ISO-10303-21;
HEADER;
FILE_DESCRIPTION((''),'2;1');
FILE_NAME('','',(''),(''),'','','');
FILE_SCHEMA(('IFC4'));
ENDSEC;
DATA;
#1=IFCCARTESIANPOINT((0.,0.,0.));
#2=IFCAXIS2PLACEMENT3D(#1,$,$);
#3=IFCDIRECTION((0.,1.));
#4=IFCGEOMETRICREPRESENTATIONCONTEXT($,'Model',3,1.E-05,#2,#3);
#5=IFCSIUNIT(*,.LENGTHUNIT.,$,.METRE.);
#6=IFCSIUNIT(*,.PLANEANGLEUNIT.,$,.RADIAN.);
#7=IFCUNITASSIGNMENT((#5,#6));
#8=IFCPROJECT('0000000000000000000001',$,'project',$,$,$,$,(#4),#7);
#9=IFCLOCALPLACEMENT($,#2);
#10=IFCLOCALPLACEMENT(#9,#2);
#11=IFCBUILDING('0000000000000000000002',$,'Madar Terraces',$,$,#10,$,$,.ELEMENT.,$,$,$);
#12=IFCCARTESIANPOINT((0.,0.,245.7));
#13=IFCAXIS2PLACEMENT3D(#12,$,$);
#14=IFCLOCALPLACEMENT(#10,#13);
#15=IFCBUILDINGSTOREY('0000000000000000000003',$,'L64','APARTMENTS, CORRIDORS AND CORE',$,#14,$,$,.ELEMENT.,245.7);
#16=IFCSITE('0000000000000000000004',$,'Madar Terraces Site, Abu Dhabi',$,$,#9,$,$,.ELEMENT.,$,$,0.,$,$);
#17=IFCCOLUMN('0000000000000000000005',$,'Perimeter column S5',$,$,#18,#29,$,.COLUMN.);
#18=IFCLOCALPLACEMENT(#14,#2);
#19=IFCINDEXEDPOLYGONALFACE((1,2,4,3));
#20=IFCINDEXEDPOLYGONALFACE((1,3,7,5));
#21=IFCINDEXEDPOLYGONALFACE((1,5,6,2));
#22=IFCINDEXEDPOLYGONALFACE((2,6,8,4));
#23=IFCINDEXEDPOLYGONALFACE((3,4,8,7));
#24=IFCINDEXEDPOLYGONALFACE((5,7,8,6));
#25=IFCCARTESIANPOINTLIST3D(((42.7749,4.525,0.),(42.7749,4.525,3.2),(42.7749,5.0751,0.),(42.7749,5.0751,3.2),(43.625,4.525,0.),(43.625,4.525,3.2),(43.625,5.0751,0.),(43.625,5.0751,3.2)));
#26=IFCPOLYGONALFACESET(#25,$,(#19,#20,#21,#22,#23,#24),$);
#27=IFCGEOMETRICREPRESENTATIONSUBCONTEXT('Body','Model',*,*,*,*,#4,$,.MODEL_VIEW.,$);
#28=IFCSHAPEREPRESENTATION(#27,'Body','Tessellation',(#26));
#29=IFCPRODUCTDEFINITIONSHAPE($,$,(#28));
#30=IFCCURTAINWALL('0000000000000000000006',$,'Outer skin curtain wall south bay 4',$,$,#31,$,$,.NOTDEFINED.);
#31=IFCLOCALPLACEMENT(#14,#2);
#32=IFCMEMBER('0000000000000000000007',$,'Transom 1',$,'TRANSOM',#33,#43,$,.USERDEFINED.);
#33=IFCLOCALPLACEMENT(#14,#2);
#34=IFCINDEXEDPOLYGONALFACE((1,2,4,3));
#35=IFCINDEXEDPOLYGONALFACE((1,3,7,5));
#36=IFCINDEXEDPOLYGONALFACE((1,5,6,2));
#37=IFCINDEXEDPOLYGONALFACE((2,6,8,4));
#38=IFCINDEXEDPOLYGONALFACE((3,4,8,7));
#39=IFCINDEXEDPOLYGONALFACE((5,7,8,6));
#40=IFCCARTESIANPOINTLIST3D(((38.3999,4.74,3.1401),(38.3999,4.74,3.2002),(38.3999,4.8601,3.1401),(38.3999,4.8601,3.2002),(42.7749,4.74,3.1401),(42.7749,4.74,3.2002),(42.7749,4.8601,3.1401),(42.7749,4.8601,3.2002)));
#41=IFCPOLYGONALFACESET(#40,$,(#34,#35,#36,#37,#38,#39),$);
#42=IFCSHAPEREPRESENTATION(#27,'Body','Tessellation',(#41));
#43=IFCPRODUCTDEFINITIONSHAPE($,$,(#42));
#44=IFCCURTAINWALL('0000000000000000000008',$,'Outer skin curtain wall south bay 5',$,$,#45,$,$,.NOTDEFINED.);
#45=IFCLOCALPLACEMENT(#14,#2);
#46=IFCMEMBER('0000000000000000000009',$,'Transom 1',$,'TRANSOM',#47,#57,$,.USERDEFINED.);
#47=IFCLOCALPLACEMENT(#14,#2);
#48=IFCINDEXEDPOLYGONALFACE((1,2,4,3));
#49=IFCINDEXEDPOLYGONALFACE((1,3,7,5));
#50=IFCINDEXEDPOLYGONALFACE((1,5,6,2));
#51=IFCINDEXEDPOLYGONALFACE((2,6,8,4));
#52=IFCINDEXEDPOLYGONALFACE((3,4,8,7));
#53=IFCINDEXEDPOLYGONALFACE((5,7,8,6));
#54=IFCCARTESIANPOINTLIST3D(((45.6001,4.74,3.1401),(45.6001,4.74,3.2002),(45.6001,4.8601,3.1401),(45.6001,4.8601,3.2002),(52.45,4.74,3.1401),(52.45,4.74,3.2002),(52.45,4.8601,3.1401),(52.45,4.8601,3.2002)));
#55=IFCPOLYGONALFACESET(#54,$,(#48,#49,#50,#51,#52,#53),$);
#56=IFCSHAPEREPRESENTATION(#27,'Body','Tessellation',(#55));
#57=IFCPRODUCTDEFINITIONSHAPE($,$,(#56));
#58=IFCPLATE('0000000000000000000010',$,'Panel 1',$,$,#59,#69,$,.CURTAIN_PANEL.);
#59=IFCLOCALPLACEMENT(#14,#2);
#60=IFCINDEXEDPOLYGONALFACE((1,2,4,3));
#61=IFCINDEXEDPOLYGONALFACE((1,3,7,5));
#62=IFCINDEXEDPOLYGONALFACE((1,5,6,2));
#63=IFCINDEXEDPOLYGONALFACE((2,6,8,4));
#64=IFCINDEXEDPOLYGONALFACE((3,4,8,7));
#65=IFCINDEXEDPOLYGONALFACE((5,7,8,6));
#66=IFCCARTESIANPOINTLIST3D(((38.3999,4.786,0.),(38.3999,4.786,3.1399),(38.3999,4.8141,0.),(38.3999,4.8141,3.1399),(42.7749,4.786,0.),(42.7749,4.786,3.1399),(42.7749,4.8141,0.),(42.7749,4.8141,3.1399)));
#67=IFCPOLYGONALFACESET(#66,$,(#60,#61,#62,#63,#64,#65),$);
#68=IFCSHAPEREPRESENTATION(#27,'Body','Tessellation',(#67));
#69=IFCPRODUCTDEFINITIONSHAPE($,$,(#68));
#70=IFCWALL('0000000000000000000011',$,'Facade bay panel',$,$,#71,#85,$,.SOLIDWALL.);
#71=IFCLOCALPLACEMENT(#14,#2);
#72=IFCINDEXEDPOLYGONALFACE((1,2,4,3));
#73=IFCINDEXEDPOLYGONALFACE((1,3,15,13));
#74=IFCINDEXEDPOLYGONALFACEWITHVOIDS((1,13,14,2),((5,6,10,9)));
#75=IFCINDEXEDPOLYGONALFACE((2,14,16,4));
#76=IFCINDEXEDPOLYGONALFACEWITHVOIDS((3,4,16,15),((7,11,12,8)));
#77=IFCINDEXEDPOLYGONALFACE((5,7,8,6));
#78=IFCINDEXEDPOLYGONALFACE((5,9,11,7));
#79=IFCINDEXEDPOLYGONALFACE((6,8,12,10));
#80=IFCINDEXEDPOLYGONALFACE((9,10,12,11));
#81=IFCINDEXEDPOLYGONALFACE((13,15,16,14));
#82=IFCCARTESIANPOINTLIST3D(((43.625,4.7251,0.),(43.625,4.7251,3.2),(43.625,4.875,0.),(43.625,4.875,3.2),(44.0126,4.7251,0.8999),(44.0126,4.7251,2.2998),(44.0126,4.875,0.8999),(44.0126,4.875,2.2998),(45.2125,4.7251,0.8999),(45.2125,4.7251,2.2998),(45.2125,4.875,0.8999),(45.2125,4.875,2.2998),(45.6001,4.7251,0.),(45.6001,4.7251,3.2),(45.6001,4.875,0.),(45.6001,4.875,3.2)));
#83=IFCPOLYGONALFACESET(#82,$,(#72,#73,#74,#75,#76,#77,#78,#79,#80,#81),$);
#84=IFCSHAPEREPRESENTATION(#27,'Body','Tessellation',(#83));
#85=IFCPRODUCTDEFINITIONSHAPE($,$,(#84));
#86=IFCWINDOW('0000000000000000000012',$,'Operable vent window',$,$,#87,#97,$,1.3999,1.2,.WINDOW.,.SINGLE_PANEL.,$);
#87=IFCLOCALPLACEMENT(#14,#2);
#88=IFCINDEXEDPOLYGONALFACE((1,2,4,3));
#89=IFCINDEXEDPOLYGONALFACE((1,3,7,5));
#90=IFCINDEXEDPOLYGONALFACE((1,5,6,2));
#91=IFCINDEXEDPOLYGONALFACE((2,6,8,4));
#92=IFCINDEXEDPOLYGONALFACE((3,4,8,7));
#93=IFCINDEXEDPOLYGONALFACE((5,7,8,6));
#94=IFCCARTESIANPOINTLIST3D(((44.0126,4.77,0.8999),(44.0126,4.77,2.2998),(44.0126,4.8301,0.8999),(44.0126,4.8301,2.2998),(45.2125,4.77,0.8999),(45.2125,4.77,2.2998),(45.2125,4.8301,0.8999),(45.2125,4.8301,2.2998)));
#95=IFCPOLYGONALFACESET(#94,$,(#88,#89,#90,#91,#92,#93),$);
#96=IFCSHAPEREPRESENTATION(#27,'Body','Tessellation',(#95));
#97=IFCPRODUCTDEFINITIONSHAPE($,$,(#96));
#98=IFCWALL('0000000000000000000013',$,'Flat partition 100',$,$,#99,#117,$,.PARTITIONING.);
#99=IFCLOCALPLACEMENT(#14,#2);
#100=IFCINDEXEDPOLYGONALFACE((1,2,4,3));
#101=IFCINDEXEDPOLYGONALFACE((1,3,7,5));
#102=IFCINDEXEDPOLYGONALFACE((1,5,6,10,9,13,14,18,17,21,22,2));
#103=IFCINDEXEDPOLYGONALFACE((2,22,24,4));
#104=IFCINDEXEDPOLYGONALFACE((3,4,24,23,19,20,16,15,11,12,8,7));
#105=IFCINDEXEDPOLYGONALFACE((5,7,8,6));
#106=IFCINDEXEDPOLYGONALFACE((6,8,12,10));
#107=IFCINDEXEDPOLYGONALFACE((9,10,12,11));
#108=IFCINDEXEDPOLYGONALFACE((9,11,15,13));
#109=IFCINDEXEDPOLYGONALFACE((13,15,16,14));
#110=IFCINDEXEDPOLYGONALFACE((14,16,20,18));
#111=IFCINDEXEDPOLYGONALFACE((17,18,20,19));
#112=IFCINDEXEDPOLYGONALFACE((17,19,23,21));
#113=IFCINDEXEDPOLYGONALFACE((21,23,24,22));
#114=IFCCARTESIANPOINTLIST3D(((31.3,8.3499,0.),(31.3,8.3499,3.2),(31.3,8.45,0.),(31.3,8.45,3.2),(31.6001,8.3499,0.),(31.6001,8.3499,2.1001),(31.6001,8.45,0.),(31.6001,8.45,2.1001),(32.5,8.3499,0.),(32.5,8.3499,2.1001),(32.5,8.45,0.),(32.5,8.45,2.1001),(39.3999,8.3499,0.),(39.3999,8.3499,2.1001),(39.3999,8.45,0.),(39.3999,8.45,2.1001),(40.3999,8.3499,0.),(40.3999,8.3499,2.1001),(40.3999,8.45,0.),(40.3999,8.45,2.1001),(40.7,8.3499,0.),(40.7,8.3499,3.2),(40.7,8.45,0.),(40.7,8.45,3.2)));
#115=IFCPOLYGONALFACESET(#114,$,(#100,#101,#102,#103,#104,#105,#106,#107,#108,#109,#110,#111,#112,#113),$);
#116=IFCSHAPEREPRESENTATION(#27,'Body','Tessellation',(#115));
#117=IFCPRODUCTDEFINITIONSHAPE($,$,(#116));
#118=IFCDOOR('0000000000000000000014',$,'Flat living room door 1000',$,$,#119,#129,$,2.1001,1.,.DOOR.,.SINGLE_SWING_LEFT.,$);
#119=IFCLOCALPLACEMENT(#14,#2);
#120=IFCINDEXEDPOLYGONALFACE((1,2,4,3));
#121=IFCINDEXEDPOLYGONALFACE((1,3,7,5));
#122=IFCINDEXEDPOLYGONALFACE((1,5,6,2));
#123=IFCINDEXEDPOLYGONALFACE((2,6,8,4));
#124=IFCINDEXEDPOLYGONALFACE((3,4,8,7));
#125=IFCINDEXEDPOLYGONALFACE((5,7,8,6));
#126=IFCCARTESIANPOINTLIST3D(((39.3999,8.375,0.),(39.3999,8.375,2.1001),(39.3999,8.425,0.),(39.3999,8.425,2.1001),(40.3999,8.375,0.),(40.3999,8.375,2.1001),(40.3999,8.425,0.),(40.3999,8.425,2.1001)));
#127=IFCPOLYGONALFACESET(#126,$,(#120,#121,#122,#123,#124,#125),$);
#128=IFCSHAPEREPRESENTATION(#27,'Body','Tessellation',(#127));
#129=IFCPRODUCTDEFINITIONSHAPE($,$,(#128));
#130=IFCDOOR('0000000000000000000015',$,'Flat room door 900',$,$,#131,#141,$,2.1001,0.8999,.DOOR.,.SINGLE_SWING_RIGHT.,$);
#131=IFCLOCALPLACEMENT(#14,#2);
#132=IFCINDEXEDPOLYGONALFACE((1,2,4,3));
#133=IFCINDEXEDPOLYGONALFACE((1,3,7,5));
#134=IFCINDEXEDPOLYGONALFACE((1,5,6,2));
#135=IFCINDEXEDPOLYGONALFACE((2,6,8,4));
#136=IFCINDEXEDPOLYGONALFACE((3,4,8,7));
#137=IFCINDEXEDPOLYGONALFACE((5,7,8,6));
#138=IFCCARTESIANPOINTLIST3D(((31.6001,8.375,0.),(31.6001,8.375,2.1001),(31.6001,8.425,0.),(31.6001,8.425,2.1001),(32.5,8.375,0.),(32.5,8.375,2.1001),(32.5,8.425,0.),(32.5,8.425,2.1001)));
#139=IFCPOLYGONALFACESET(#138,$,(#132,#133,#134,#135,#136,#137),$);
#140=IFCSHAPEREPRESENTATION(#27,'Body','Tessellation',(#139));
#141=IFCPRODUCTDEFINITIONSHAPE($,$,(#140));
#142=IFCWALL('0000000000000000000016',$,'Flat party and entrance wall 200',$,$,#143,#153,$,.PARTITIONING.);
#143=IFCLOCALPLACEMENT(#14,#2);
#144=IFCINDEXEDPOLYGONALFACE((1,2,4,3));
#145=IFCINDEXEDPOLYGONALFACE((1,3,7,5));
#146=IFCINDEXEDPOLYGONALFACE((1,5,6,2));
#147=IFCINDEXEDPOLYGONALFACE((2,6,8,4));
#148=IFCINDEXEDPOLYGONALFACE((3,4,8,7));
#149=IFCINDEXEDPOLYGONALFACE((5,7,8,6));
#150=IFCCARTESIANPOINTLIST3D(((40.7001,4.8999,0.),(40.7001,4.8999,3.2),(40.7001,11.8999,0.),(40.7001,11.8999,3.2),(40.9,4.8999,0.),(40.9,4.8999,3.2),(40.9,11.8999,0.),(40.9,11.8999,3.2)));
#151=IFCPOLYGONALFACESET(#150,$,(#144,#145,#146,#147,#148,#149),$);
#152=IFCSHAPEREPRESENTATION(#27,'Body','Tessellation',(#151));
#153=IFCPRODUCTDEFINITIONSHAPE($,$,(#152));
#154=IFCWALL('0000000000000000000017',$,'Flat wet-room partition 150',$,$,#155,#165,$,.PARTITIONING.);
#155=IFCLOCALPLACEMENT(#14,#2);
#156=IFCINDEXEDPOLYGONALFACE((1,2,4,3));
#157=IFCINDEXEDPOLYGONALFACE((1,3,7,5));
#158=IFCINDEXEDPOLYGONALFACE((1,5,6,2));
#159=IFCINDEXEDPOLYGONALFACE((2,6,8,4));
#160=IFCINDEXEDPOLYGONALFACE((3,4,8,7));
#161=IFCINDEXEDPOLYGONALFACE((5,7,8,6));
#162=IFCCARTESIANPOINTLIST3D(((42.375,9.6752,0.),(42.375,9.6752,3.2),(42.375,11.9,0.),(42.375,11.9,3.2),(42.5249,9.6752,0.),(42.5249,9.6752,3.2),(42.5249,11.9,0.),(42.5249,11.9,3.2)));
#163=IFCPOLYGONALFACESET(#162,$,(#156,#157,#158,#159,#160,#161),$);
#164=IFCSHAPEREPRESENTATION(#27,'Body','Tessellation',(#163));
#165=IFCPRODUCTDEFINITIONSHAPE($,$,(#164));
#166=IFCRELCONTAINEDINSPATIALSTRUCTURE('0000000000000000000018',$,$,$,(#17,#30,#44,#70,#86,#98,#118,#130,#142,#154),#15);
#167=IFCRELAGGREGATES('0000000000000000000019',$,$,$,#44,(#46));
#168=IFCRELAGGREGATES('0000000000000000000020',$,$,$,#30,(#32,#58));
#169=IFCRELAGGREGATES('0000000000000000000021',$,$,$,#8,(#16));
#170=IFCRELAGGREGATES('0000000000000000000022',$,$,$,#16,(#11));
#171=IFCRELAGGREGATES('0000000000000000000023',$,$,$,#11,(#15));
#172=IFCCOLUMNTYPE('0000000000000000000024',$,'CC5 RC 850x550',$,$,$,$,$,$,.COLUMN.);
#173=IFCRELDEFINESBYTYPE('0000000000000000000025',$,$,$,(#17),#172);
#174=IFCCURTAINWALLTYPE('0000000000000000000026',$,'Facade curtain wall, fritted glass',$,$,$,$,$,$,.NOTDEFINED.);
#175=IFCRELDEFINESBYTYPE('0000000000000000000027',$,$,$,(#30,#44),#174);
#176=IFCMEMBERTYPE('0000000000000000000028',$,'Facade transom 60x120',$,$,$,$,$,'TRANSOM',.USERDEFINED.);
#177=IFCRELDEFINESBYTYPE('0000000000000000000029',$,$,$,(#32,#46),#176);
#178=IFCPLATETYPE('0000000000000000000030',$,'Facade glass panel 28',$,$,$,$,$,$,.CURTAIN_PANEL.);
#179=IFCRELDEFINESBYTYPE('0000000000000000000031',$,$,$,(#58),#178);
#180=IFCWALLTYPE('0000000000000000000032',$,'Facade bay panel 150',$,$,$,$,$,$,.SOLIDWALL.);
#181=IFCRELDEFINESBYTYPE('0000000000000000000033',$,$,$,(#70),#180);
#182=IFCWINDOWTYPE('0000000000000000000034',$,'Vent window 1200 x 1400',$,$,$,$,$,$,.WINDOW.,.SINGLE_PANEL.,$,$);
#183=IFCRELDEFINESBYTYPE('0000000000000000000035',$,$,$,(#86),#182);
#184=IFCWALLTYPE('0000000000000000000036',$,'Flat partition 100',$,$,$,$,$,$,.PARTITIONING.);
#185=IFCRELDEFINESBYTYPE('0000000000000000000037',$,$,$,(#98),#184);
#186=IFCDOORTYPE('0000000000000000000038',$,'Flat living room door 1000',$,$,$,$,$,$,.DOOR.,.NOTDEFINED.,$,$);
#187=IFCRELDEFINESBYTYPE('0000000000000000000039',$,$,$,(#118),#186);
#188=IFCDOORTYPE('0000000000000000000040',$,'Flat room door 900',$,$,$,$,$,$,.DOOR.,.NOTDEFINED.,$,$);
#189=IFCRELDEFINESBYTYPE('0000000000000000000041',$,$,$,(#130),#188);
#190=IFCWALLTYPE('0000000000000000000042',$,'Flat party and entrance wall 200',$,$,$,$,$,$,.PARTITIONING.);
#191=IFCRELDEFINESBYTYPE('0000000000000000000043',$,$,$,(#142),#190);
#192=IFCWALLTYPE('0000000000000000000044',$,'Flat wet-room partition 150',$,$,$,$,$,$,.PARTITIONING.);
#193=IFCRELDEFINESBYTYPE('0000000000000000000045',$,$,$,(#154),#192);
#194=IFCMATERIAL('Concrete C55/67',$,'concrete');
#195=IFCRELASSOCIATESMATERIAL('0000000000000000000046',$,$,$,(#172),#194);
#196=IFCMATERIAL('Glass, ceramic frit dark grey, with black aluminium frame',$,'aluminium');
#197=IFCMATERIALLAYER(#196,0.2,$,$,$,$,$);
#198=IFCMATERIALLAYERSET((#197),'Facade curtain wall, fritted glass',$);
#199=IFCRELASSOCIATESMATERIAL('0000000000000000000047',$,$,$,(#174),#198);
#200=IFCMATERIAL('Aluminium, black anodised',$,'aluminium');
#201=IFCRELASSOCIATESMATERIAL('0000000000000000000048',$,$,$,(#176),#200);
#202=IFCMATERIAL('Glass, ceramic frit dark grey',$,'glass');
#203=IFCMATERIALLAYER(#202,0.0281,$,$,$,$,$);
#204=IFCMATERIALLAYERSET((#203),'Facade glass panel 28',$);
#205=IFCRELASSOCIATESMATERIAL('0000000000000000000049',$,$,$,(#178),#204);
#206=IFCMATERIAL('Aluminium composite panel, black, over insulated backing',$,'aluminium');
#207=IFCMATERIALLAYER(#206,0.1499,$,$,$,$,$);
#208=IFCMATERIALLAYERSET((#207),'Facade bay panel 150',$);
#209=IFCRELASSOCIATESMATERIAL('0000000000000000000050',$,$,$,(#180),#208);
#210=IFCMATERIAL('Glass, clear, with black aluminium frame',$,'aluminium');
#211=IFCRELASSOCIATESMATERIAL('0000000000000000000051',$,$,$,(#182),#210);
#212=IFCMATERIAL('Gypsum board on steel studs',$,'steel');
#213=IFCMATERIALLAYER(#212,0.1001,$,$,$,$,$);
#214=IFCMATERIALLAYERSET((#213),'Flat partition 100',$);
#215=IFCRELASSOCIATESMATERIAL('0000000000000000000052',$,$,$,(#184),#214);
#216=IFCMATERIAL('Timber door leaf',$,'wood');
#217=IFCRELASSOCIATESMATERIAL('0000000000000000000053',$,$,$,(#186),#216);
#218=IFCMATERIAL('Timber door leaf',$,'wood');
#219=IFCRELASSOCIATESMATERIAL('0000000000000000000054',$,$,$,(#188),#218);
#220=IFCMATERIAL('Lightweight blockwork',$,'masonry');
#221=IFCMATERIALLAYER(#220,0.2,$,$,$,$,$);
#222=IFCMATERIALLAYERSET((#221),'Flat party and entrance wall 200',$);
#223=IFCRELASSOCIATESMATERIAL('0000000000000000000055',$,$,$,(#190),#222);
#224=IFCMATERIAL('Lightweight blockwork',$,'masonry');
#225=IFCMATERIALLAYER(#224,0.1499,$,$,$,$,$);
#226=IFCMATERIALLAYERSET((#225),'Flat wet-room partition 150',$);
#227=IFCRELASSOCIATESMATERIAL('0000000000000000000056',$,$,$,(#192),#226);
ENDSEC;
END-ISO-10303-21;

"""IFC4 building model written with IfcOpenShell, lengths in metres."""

from ifc_helpers import new_model, si_unit, direction, frame, frame_2d, origin, origin_2d, place, context, subcontext, project, spatial, rectangle, extrude, material, layer, layer_set, material_profile, profile_set, type_object, element, fill, aggregate, save


model = new_model("IFC4")

# Units and contexts
model_context = context("Model", 3, precision=1e-05, world=origin(), true_north=direction((0.0, 1.0)))
body_context = subcontext(model_context, "Body", "Model", "MODEL_VIEW")
ifc_project = project(units=[si_unit("LENGTHUNIT", "METRE"), si_unit("PLANEANGLEUNIT", "RADIAN")], contexts=[model_context])

# Site, building, storey
site_placement = place(None, origin())
site = spatial("IfcSite", under=ifc_project, at=site_placement, Name="Madar Terraces Site, Abu Dhabi", CompositionType="ELEMENT", RefElevation=0.0)
building_placement = place(site_placement, origin())
building = spatial("IfcBuilding", under=site, at=building_placement, Name="Madar Terraces", CompositionType="ELEMENT")
storey_placement = place(building_placement, frame((0.0, 0.0, 245.7)))
storey = spatial("IfcBuildingStorey", under=building, at=storey_placement, Name="L64", Description="APARTMENTS, CORRIDORS AND CORE", CompositionType="ELEMENT", Elevation=245.7)

# Column
ifc_material_1 = material(Name="Concrete C55/67", Category="concrete")
ifc_material_profile_1 = material_profile(ifc_material_1, rectangle(XDim=0.8501, YDim=0.55, at=origin_2d()), Name="CC5 RC 850x550")
ifc_profile_set_1 = profile_set([ifc_material_profile_1], Name="Concrete C55/67")
column_type = type_object("IfcColumnType", Name="CC5 RC 850x550", PredefinedType="COLUMN", material=ifc_profile_set_1)
column_placement = place(storey_placement, frame((43.2, 4.8, 0.0), z_axis=(0.0, 0.0, 1.0), x_axis=(1.0, 0.0, 0.0)))
element("IfcColumn", 1, at=column_placement, inside=storey, type_object=column_type, Name="Perimeter column S5", PredefinedType="COLUMN", context=body_context, shape_type="SweptSolid", body=[
    extrude(rectangle(XDim=0.8501, YDim=0.55, at=origin_2d()), origin(), (0.0, 0.0, 1.0), 3.2),
])

# Curtain walls, members
ifc_material_2 = material(Name="Glass, ceramic frit dark grey, with black aluminium frame", Category="aluminium")
ifc_layer_1 = layer(ifc_material_2, 0.2)
ifc_layer_set_1 = layer_set([ifc_layer_1], Name="Facade curtain wall, fritted glass")
curtain_wall_type = type_object("IfcCurtainWallType", Name="Facade curtain wall, fritted glass", PredefinedType="NOTDEFINED", material=ifc_layer_set_1)
curtain_wall_1_placement = place(storey_placement, origin())
curtain_wall_1 = element("IfcCurtainWall", 2, at=curtain_wall_1_placement, inside=storey, type_object=curtain_wall_type, Name="Outer skin curtain wall south bay 4", PredefinedType="NOTDEFINED")
ifc_material_3 = material(Name="Aluminium, black anodised", Category="aluminium")
ifc_material_profile_2 = material_profile(ifc_material_3, rectangle(XDim=0.1201, YDim=0.0601, at=origin_2d()), Name="Facade transom 60x120")
ifc_profile_set_2 = profile_set([ifc_material_profile_2], Name="Aluminium, black anodised")
member_type = type_object("IfcMemberType", Name="Facade transom 60x120", ElementType="TRANSOM", PredefinedType="USERDEFINED", material=ifc_profile_set_2)
member_1_placement = place(storey_placement, frame((38.3999, 4.8, 3.1702), z_axis=(1.0, 0.0, 0.0), x_axis=(0.0, 1.0, 0.0)))
member_1 = element("IfcMember", 3, at=member_1_placement, type_object=member_type, Name="Transom 1", ObjectType="TRANSOM", PredefinedType="USERDEFINED", context=body_context, shape_type="SweptSolid", body=[
    extrude(rectangle(XDim=0.1201, YDim=0.0601, at=origin_2d()), origin(), (0.0, 0.0, 1.0), 4.375),
])
curtain_wall_2_placement = place(storey_placement, origin())
curtain_wall_2 = element("IfcCurtainWall", 4, at=curtain_wall_2_placement, inside=storey, type_object=curtain_wall_type, Name="Outer skin curtain wall south bay 5", PredefinedType="NOTDEFINED")
member_2_placement = place(storey_placement, frame((45.6001, 4.8, 3.1702), z_axis=(1.0, 0.0, 0.0), x_axis=(0.0, 1.0, 0.0)))
member_2 = element("IfcMember", 5, at=member_2_placement, type_object=member_type, Name="Transom 1", ObjectType="TRANSOM", PredefinedType="USERDEFINED", context=body_context, shape_type="SweptSolid", body=[
    extrude(rectangle(XDim=0.1201, YDim=0.0601, at=origin_2d()), origin(), (0.0, 0.0, 1.0), 6.8499),
])
aggregate(curtain_wall_2, [member_2])

# Plate
ifc_material_4 = material(Name="Glass, ceramic frit dark grey", Category="glass")
ifc_layer_2 = layer(ifc_material_4, 0.0281)
ifc_layer_set_2 = layer_set([ifc_layer_2], Name="Facade glass panel 28")
plate_type = type_object("IfcPlateType", Name="Facade glass panel 28", PredefinedType="CURTAIN_PANEL", material=ifc_layer_set_2)
plate_placement = place(storey_placement, frame((40.5874, 4.8, 0.0), z_axis=(0.0, 0.0, 1.0), x_axis=(1.0, 0.0, 0.0)))
plate = element("IfcPlate", 6, at=plate_placement, type_object=plate_type, Name="Panel 1", PredefinedType="CURTAIN_PANEL", context=body_context, shape_type="SweptSolid", body=[
    extrude(rectangle(XDim=4.375, YDim=0.0281, at=origin_2d()), origin(), (0.0, 0.0, 1.0), 3.1399),
])
aggregate(curtain_wall_1, [member_1, plate])

# Wall, opening, window
ifc_material_5 = material(Name="Aluminium composite panel, black, over insulated backing", Category="aluminium")
ifc_layer_3 = layer(ifc_material_5, 0.1499)
ifc_layer_set_3 = layer_set([ifc_layer_3], Name="Facade bay panel 150")
wall_type_1 = type_object("IfcWallType", Name="Facade bay panel 150", PredefinedType="SOLIDWALL", material=ifc_layer_set_3)
wall_1_placement = place(storey_placement, frame((43.625, 4.8, 0.0), z_axis=(0.0, 0.0, 1.0), x_axis=(1.0, 0.0, 0.0)))
wall_1 = element("IfcWall", 7, at=wall_1_placement, inside=storey, type_object=wall_type_1, Name="Facade bay panel", PredefinedType="SOLIDWALL", context=body_context, shape_type="SweptSolid", body=[
    extrude(rectangle(XDim=1.9751, YDim=0.1499, at=frame_2d((0.9875, 0.0))), origin(), (0.0, 0.0, 1.0), 3.2),
])
opening_1_placement = place(wall_1_placement, frame((0.3875, 0.0, 0.8999)))
opening_1 = element("IfcOpeningElement", 8, at=opening_1_placement, cuts=wall_1, PredefinedType="OPENING", context=body_context, shape_type="SweptSolid", body=[
    extrude(rectangle(XDim=1.2, YDim=1.3999, at=frame_2d((0.6001, 0.7))), frame((0.0, 0.085, 0.0), z_axis=(0.0, -1.0, 0.0), x_axis=(1.0, 0.0, 0.0)), (0.0, 0.0, 1.0), 0.1699),
])
ifc_material_6 = material(Name="Glass, clear, with black aluminium frame", Category="aluminium")
window_type = type_object("IfcWindowType", Name="Vent window 1200 x 1400", PartitioningType="SINGLE_PANEL", PredefinedType="WINDOW", material=ifc_material_6)
window_placement = place(opening_1_placement, origin())
window = element("IfcWindow", 9, at=window_placement, inside=storey, type_object=window_type, Name="Operable vent window", OverallHeight=1.3999, OverallWidth=1.2, PartitioningType="SINGLE_PANEL", PredefinedType="WINDOW", context=body_context, shape_type="SweptSolid", body=[
    extrude(rectangle(XDim=1.2, YDim=1.3999, at=frame_2d((0.6001, 0.7))), frame((0.0, 0.03, 0.0), z_axis=(0.0, -1.0, 0.0), x_axis=(1.0, 0.0, 0.0)), (0.0, 0.0, 1.0), 0.0601),
])
fill(opening_1, window)

# Wall, openings, doors
ifc_material_7 = material(Name="Gypsum board on steel studs", Category="steel")
ifc_layer_4 = layer(ifc_material_7, 0.1001)
ifc_layer_set_4 = layer_set([ifc_layer_4], Name="Flat partition 100")
wall_type_2 = type_object("IfcWallType", Name="Flat partition 100", PredefinedType="PARTITIONING", material=ifc_layer_set_4)
wall_2_placement = place(storey_placement, frame((40.7, 8.3999, 0.0), z_axis=(0.0, 0.0, 1.0), x_axis=(-1.0, 0.0, 0.0)))
wall_2 = element("IfcWall", 10, at=wall_2_placement, inside=storey, type_object=wall_type_2, Name="Flat partition 100", PredefinedType="PARTITIONING", context=body_context, shape_type="SweptSolid", body=[
    extrude(rectangle(XDim=9.3999, YDim=0.1001, at=frame_2d((4.7, 0.0))), origin(), (0.0, 0.0, 1.0), 3.2),
])
opening_2_placement = place(wall_2_placement, frame((8.2, 0.0, 0.0)))
opening_2 = element("IfcOpeningElement", 11, at=opening_2_placement, cuts=wall_2, PredefinedType="OPENING", context=body_context, shape_type="SweptSolid", body=[
    extrude(rectangle(XDim=0.8999, YDim=2.1001, at=frame_2d((0.45, 1.05))), frame((0.0, 0.0601, 0.0), z_axis=(0.0, -1.0, 0.0), x_axis=(1.0, 0.0, 0.0)), (0.0, 0.0, 1.0), 0.1201),
])
opening_3_placement = place(wall_2_placement, frame((0.3, 0.0, 0.0)))
opening_3 = element("IfcOpeningElement", 12, at=opening_3_placement, cuts=wall_2, PredefinedType="OPENING", context=body_context, shape_type="SweptSolid", body=[
    extrude(rectangle(XDim=1.0, YDim=2.1001, at=frame_2d((0.5, 1.05))), frame((0.0, 0.0601, 0.0), z_axis=(0.0, -1.0, 0.0), x_axis=(1.0, 0.0, 0.0)), (0.0, 0.0, 1.0), 0.1201),
])
ifc_material_8 = material(Name="Timber door leaf", Category="wood")
door_type_1 = type_object("IfcDoorType", Name="Flat living room door 1000", OperationType="NOTDEFINED", PredefinedType="DOOR", material=ifc_material_8)
door_1_placement = place(opening_3_placement, origin())
door_1 = element("IfcDoor", 13, at=door_1_placement, inside=storey, type_object=door_type_1, Name="Flat living room door 1000", OperationType="SINGLE_SWING_LEFT", OverallHeight=2.1001, OverallWidth=1.0, PredefinedType="DOOR", context=body_context, shape_type="SweptSolid", body=[
    extrude(rectangle(XDim=1.0, YDim=2.1001, at=frame_2d((0.5, 1.05))), frame((0.0, 0.0249, 0.0), z_axis=(0.0, -1.0, 0.0), x_axis=(1.0, 0.0, 0.0)), (0.0, 0.0, 1.0), 0.05),
])
fill(opening_3, door_1)
ifc_material_9 = material(Name="Timber door leaf", Category="wood")
door_type_2 = type_object("IfcDoorType", Name="Flat room door 900", OperationType="NOTDEFINED", PredefinedType="DOOR", material=ifc_material_9)
door_2_placement = place(opening_2_placement, origin())
door_2 = element("IfcDoor", 14, at=door_2_placement, inside=storey, type_object=door_type_2, Name="Flat room door 900", OperationType="SINGLE_SWING_RIGHT", OverallHeight=2.1001, OverallWidth=0.8999, PredefinedType="DOOR", context=body_context, shape_type="SweptSolid", body=[
    extrude(rectangle(XDim=0.8999, YDim=2.1001, at=frame_2d((0.45, 1.05))), frame((0.0, 0.0249, 0.0), z_axis=(0.0, -1.0, 0.0), x_axis=(1.0, 0.0, 0.0)), (0.0, 0.0, 1.0), 0.05),
])
fill(opening_2, door_2)

# Walls
ifc_material_10 = material(Name="Lightweight blockwork", Category="masonry")
ifc_layer_5 = layer(ifc_material_10, 0.2)
ifc_layer_set_5 = layer_set([ifc_layer_5], Name="Flat party and entrance wall 200")
wall_type_3 = type_object("IfcWallType", Name="Flat party and entrance wall 200", PredefinedType="PARTITIONING", material=ifc_layer_set_5)
wall_3_placement = place(storey_placement, frame((40.8, 11.8999, 0.0), z_axis=(0.0, 0.0, 1.0), x_axis=(0.0, -1.0, 0.0)))
element("IfcWall", 15, at=wall_3_placement, inside=storey, type_object=wall_type_3, Name="Flat party and entrance wall 200", PredefinedType="PARTITIONING", context=body_context, shape_type="SweptSolid", body=[
    extrude(rectangle(XDim=7.0, YDim=0.2, at=frame_2d((3.5, 0.0))), origin(), (0.0, 0.0, 1.0), 3.2),
])
ifc_material_11 = material(Name="Lightweight blockwork", Category="masonry")
ifc_layer_6 = layer(ifc_material_11, 0.1499)
ifc_layer_set_6 = layer_set([ifc_layer_6], Name="Flat wet-room partition 150")
wall_type_4 = type_object("IfcWallType", Name="Flat wet-room partition 150", PredefinedType="PARTITIONING", material=ifc_layer_set_6)
wall_4_placement = place(storey_placement, frame((42.45, 11.8999, 0.0), z_axis=(0.0, 0.0, 1.0), x_axis=(0.0, -1.0, 0.0)))
element("IfcWall", 16, at=wall_4_placement, inside=storey, type_object=wall_type_4, Name="Flat wet-room partition 150", PredefinedType="PARTITIONING", context=body_context, shape_type="SweptSolid", body=[
    extrude(rectangle(XDim=2.2249, YDim=0.1499, at=frame_2d((1.1123, 0.0))), origin(), (0.0, 0.0, 1.0), 3.2),
])

save(model, "model.ifc")
